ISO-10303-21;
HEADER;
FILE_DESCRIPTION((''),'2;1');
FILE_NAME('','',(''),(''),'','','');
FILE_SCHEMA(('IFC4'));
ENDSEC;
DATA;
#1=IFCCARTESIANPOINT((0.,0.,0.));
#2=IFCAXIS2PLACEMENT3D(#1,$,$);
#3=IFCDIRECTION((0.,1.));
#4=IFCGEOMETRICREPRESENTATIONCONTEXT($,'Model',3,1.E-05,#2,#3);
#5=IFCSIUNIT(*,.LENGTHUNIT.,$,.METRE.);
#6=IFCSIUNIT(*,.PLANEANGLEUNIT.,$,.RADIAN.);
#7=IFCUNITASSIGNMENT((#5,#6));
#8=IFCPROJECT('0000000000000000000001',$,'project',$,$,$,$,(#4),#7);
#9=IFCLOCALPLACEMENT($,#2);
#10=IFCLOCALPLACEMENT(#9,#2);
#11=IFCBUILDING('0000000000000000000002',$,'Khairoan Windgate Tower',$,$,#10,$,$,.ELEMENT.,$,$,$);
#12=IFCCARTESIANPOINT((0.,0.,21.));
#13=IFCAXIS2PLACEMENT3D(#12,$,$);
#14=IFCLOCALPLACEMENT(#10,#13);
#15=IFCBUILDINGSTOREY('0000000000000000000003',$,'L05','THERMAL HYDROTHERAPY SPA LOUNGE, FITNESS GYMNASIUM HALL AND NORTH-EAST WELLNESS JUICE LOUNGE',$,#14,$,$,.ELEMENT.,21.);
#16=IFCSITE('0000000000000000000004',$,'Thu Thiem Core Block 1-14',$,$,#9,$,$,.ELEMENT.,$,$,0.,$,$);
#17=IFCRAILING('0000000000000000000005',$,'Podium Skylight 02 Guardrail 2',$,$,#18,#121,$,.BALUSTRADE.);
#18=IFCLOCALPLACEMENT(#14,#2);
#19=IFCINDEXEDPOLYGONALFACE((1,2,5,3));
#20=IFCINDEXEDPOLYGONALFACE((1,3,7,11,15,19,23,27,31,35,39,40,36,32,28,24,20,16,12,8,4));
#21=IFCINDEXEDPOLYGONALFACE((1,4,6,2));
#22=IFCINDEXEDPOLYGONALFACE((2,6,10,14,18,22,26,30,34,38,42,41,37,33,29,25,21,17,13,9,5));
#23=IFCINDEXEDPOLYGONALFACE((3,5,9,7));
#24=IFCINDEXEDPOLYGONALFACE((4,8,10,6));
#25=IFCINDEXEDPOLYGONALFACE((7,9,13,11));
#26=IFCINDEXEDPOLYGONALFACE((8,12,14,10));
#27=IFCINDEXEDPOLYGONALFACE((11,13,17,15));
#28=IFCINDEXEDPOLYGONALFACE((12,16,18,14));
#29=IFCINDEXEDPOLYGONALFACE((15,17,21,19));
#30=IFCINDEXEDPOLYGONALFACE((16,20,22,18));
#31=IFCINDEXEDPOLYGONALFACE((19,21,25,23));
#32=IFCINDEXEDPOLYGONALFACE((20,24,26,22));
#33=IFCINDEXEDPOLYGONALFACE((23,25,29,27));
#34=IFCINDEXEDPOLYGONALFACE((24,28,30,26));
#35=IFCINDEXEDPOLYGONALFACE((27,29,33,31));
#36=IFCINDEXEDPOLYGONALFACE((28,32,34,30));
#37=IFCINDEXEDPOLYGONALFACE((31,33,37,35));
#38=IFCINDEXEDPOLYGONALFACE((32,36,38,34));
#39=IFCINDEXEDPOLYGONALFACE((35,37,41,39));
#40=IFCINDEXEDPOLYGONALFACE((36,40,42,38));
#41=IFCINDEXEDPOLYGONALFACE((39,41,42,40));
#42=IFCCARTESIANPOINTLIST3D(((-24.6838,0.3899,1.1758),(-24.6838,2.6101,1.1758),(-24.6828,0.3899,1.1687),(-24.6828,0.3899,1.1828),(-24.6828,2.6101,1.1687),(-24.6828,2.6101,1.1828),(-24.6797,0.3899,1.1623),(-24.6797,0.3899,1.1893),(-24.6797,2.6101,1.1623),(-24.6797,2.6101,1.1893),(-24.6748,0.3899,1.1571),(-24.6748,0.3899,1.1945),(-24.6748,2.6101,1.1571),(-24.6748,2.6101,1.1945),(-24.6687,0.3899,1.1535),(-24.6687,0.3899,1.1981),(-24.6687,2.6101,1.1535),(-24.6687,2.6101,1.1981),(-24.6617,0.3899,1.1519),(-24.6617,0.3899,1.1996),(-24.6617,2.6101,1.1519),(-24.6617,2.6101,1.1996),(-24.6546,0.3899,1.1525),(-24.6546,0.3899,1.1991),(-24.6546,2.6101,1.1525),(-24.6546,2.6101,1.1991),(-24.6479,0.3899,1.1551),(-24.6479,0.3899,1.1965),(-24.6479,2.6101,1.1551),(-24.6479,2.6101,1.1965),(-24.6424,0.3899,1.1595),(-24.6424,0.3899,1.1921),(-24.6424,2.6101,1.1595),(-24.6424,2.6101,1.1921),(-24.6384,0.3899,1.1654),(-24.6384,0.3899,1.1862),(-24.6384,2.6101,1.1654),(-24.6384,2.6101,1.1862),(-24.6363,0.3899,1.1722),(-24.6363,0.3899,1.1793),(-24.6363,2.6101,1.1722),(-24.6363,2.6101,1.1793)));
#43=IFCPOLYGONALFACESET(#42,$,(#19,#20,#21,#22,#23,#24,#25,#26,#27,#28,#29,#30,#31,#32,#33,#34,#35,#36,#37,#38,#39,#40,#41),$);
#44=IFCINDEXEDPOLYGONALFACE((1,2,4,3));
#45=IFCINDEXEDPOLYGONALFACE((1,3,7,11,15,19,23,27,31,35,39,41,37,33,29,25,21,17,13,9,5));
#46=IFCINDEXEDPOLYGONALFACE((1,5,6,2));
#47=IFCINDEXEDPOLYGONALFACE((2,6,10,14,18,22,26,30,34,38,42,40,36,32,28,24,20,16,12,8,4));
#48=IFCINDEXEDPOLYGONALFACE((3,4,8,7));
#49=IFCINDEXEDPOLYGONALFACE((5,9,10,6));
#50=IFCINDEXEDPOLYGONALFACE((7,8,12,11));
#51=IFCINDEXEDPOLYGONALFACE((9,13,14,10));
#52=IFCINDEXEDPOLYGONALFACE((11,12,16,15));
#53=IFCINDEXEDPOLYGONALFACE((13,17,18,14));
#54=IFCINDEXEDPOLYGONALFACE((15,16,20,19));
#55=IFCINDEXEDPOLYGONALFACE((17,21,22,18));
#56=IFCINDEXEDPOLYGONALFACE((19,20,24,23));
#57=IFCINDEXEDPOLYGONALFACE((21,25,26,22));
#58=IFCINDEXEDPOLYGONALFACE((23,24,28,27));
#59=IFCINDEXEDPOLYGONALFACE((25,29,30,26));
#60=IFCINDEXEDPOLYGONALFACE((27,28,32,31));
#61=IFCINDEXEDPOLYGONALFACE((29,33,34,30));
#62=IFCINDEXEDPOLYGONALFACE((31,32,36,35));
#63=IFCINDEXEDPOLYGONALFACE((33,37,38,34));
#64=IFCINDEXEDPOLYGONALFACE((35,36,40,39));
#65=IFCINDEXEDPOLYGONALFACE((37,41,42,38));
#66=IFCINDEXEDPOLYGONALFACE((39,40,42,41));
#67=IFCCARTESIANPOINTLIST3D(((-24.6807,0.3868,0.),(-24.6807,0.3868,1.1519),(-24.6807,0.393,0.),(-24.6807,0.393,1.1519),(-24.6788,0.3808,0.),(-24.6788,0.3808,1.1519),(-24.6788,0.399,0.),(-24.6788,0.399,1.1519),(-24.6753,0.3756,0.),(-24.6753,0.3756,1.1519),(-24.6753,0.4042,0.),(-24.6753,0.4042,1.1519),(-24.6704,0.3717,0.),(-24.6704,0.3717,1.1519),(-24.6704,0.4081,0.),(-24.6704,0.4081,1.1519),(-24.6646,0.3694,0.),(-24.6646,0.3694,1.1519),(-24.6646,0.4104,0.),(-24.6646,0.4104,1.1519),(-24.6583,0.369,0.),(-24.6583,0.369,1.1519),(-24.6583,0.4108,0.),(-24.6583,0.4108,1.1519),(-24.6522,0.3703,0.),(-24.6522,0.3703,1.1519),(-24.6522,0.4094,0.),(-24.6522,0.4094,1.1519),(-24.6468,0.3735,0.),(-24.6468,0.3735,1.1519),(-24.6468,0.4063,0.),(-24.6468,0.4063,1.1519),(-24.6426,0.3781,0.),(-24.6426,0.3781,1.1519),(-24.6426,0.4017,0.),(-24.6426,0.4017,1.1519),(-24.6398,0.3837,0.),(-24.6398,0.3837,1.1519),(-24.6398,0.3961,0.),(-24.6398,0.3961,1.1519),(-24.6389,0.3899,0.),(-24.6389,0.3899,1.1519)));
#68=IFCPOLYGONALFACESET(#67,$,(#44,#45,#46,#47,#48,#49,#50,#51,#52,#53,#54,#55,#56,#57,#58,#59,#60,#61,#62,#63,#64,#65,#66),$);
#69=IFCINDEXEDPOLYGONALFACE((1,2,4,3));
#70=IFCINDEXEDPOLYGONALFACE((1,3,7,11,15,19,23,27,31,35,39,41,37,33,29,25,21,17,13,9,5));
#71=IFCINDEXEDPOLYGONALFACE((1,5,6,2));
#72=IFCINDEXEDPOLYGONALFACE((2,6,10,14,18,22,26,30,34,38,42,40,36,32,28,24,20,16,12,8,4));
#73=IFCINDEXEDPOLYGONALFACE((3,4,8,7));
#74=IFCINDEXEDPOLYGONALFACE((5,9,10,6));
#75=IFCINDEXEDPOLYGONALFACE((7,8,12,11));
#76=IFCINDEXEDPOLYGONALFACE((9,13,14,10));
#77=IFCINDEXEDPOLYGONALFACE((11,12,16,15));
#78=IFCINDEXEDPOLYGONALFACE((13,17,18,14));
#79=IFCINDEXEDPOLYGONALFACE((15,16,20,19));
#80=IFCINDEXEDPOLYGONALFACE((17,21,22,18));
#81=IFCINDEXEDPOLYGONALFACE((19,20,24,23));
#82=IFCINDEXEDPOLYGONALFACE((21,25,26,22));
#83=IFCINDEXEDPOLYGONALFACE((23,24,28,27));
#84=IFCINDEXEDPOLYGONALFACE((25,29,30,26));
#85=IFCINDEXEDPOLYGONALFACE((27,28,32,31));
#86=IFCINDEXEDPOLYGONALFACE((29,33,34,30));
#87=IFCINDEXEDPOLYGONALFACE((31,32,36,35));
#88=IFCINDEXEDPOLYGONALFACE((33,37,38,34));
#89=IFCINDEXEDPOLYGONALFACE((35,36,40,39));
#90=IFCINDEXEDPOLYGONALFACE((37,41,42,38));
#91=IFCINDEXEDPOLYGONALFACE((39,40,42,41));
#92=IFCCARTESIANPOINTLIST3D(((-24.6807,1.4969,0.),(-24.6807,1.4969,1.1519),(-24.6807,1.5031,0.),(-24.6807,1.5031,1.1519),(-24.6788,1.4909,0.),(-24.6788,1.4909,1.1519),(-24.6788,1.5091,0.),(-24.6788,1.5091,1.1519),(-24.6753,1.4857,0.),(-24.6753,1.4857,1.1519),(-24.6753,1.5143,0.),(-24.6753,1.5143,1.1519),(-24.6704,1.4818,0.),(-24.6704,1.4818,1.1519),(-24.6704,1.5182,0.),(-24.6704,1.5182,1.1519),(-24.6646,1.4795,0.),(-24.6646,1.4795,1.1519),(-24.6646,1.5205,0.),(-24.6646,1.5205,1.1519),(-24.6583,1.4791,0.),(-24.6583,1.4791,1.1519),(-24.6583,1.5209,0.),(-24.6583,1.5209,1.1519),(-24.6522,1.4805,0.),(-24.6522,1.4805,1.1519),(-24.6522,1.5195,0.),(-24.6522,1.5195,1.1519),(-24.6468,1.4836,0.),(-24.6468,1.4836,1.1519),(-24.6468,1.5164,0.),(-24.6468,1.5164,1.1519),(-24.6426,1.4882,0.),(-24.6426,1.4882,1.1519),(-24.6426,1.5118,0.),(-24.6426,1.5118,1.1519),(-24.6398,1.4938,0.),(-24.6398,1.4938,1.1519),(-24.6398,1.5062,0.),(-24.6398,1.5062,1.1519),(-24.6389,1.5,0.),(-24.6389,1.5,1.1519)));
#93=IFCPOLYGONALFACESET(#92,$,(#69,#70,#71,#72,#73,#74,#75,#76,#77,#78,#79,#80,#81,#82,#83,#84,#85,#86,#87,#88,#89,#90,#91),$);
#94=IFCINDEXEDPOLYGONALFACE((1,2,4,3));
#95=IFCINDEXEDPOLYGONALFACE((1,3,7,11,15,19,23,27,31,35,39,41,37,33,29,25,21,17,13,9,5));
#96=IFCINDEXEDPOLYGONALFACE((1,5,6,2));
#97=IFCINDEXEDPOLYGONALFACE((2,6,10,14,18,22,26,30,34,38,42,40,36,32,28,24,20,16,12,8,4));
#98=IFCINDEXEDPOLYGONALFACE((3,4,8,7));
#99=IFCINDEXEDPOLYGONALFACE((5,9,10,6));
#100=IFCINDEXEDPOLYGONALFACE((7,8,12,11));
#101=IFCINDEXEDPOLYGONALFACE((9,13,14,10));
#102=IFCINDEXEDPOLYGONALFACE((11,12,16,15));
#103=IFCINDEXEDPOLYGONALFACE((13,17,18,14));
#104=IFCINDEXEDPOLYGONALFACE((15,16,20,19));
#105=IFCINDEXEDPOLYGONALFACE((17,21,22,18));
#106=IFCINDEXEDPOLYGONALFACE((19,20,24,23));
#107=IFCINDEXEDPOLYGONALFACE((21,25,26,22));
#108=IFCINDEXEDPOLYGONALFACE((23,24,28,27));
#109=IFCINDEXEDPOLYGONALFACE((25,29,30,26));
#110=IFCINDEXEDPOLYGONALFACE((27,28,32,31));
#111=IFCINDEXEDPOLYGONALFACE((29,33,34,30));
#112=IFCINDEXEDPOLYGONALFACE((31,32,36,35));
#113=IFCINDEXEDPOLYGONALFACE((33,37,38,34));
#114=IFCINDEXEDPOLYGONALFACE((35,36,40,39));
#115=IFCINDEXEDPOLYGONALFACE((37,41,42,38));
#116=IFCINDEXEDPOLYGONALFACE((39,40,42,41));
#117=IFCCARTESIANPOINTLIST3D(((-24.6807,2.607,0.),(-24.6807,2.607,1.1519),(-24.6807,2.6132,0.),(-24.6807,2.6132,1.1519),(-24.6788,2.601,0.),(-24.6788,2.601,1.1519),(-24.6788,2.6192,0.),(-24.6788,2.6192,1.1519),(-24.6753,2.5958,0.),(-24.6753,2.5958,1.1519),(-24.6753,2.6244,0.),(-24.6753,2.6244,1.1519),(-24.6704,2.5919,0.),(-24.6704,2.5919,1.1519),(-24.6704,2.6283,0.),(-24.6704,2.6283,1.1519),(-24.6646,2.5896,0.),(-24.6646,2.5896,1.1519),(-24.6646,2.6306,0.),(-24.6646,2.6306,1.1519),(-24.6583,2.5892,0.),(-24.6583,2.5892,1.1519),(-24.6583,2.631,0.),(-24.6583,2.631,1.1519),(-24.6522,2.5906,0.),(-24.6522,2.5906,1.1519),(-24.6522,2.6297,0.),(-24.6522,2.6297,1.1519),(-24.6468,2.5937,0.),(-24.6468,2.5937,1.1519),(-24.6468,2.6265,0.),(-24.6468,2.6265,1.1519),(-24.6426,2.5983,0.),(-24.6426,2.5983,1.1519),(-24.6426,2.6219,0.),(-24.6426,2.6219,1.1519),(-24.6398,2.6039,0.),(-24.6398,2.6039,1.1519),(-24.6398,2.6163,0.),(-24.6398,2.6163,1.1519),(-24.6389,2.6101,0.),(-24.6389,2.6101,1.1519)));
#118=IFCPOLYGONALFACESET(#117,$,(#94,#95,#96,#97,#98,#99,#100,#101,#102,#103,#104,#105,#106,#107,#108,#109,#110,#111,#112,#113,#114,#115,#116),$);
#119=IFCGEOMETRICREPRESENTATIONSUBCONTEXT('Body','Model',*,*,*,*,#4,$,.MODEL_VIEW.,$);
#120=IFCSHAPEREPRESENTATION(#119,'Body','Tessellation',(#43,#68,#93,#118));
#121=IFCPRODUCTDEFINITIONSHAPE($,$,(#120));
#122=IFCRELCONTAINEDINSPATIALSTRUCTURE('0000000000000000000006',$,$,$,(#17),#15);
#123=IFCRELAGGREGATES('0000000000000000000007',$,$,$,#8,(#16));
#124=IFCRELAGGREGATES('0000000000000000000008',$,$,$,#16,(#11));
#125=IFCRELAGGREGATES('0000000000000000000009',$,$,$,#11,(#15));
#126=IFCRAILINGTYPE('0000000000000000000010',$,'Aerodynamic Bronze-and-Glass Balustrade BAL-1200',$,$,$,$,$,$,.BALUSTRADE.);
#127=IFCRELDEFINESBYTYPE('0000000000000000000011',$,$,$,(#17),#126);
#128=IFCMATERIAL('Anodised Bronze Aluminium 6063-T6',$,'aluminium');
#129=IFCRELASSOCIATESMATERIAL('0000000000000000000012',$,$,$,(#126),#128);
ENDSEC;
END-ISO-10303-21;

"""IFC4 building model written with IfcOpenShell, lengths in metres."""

from ifc_helpers import new_model, si_unit, direction, frame, origin, origin_2d, place, context, subcontext, project, spatial, circle, extrude, material, type_object, element, save


model = new_model("IFC4")

# Units and contexts
model_context = context("Model", 3, precision=1e-05, world=origin(), true_north=direction((0.0, 1.0)))
body_context = subcontext(model_context, "Body", "Model", "MODEL_VIEW")
ifc_project = project(units=[si_unit("LENGTHUNIT", "METRE"), si_unit("PLANEANGLEUNIT", "RADIAN")], contexts=[model_context])

# Site, building, storey
site_placement = place(None, origin())
site = spatial("IfcSite", under=ifc_project, at=site_placement, Name="Thu Thiem Core Block 1-14", CompositionType="ELEMENT", RefElevation=0.0)
building_placement = place(site_placement, origin())
building = spatial("IfcBuilding", under=site, at=building_placement, Name="Khairoan Windgate Tower", CompositionType="ELEMENT")
storey_placement = place(building_placement, frame((0.0, 0.0, 21.0)))
storey = spatial("IfcBuildingStorey", under=building, at=storey_placement, Name="L05", Description="THERMAL HYDROTHERAPY SPA LOUNGE, FITNESS GYMNASIUM HALL AND NORTH-EAST WELLNESS JUICE LOUNGE", CompositionType="ELEMENT", Elevation=21.0)

# Railing
ifc_material_1 = material(Name="Anodised Bronze Aluminium 6063-T6", Category="aluminium")
railing_type_1 = type_object("IfcRailingType", Name="Aerodynamic Bronze-and-Glass Balustrade BAL-1200", PredefinedType="BALUSTRADE", material=ifc_material_1)
railing_1_placement = place(storey_placement, frame((-24.6599, 0.3899, 0.0)))
element("IfcRailing", 1, at=railing_1_placement, inside=storey, type_object=railing_type_1, Name="Podium Skylight 02 Guardrail 2", PredefinedType="BALUSTRADE", context=body_context, shape_type="SweptSolid", body=[
    extrude(circle(Radius=0.0239, at=origin_2d()), frame((0.0, 0.0, 1.1758), z_axis=(0.0, 1.0, 0.0), x_axis=(-1.0, 0.0, 0.0)), (0.0, 0.0, 1.0), 2.2202),
    extrude(circle(Radius=0.021, at=origin_2d()), origin(), (0.0, 0.0, 1.0), 1.1519),
    extrude(circle(Radius=0.021, at=origin_2d()), frame((0.0, 1.1101, 0.0)), (0.0, 0.0, 1.0), 1.1519),
    extrude(circle(Radius=0.021, at=origin_2d()), frame((0.0, 2.2202, 0.0)), (0.0, 0.0, 1.0), 1.1519),
])

save(model, "model.ifc")
